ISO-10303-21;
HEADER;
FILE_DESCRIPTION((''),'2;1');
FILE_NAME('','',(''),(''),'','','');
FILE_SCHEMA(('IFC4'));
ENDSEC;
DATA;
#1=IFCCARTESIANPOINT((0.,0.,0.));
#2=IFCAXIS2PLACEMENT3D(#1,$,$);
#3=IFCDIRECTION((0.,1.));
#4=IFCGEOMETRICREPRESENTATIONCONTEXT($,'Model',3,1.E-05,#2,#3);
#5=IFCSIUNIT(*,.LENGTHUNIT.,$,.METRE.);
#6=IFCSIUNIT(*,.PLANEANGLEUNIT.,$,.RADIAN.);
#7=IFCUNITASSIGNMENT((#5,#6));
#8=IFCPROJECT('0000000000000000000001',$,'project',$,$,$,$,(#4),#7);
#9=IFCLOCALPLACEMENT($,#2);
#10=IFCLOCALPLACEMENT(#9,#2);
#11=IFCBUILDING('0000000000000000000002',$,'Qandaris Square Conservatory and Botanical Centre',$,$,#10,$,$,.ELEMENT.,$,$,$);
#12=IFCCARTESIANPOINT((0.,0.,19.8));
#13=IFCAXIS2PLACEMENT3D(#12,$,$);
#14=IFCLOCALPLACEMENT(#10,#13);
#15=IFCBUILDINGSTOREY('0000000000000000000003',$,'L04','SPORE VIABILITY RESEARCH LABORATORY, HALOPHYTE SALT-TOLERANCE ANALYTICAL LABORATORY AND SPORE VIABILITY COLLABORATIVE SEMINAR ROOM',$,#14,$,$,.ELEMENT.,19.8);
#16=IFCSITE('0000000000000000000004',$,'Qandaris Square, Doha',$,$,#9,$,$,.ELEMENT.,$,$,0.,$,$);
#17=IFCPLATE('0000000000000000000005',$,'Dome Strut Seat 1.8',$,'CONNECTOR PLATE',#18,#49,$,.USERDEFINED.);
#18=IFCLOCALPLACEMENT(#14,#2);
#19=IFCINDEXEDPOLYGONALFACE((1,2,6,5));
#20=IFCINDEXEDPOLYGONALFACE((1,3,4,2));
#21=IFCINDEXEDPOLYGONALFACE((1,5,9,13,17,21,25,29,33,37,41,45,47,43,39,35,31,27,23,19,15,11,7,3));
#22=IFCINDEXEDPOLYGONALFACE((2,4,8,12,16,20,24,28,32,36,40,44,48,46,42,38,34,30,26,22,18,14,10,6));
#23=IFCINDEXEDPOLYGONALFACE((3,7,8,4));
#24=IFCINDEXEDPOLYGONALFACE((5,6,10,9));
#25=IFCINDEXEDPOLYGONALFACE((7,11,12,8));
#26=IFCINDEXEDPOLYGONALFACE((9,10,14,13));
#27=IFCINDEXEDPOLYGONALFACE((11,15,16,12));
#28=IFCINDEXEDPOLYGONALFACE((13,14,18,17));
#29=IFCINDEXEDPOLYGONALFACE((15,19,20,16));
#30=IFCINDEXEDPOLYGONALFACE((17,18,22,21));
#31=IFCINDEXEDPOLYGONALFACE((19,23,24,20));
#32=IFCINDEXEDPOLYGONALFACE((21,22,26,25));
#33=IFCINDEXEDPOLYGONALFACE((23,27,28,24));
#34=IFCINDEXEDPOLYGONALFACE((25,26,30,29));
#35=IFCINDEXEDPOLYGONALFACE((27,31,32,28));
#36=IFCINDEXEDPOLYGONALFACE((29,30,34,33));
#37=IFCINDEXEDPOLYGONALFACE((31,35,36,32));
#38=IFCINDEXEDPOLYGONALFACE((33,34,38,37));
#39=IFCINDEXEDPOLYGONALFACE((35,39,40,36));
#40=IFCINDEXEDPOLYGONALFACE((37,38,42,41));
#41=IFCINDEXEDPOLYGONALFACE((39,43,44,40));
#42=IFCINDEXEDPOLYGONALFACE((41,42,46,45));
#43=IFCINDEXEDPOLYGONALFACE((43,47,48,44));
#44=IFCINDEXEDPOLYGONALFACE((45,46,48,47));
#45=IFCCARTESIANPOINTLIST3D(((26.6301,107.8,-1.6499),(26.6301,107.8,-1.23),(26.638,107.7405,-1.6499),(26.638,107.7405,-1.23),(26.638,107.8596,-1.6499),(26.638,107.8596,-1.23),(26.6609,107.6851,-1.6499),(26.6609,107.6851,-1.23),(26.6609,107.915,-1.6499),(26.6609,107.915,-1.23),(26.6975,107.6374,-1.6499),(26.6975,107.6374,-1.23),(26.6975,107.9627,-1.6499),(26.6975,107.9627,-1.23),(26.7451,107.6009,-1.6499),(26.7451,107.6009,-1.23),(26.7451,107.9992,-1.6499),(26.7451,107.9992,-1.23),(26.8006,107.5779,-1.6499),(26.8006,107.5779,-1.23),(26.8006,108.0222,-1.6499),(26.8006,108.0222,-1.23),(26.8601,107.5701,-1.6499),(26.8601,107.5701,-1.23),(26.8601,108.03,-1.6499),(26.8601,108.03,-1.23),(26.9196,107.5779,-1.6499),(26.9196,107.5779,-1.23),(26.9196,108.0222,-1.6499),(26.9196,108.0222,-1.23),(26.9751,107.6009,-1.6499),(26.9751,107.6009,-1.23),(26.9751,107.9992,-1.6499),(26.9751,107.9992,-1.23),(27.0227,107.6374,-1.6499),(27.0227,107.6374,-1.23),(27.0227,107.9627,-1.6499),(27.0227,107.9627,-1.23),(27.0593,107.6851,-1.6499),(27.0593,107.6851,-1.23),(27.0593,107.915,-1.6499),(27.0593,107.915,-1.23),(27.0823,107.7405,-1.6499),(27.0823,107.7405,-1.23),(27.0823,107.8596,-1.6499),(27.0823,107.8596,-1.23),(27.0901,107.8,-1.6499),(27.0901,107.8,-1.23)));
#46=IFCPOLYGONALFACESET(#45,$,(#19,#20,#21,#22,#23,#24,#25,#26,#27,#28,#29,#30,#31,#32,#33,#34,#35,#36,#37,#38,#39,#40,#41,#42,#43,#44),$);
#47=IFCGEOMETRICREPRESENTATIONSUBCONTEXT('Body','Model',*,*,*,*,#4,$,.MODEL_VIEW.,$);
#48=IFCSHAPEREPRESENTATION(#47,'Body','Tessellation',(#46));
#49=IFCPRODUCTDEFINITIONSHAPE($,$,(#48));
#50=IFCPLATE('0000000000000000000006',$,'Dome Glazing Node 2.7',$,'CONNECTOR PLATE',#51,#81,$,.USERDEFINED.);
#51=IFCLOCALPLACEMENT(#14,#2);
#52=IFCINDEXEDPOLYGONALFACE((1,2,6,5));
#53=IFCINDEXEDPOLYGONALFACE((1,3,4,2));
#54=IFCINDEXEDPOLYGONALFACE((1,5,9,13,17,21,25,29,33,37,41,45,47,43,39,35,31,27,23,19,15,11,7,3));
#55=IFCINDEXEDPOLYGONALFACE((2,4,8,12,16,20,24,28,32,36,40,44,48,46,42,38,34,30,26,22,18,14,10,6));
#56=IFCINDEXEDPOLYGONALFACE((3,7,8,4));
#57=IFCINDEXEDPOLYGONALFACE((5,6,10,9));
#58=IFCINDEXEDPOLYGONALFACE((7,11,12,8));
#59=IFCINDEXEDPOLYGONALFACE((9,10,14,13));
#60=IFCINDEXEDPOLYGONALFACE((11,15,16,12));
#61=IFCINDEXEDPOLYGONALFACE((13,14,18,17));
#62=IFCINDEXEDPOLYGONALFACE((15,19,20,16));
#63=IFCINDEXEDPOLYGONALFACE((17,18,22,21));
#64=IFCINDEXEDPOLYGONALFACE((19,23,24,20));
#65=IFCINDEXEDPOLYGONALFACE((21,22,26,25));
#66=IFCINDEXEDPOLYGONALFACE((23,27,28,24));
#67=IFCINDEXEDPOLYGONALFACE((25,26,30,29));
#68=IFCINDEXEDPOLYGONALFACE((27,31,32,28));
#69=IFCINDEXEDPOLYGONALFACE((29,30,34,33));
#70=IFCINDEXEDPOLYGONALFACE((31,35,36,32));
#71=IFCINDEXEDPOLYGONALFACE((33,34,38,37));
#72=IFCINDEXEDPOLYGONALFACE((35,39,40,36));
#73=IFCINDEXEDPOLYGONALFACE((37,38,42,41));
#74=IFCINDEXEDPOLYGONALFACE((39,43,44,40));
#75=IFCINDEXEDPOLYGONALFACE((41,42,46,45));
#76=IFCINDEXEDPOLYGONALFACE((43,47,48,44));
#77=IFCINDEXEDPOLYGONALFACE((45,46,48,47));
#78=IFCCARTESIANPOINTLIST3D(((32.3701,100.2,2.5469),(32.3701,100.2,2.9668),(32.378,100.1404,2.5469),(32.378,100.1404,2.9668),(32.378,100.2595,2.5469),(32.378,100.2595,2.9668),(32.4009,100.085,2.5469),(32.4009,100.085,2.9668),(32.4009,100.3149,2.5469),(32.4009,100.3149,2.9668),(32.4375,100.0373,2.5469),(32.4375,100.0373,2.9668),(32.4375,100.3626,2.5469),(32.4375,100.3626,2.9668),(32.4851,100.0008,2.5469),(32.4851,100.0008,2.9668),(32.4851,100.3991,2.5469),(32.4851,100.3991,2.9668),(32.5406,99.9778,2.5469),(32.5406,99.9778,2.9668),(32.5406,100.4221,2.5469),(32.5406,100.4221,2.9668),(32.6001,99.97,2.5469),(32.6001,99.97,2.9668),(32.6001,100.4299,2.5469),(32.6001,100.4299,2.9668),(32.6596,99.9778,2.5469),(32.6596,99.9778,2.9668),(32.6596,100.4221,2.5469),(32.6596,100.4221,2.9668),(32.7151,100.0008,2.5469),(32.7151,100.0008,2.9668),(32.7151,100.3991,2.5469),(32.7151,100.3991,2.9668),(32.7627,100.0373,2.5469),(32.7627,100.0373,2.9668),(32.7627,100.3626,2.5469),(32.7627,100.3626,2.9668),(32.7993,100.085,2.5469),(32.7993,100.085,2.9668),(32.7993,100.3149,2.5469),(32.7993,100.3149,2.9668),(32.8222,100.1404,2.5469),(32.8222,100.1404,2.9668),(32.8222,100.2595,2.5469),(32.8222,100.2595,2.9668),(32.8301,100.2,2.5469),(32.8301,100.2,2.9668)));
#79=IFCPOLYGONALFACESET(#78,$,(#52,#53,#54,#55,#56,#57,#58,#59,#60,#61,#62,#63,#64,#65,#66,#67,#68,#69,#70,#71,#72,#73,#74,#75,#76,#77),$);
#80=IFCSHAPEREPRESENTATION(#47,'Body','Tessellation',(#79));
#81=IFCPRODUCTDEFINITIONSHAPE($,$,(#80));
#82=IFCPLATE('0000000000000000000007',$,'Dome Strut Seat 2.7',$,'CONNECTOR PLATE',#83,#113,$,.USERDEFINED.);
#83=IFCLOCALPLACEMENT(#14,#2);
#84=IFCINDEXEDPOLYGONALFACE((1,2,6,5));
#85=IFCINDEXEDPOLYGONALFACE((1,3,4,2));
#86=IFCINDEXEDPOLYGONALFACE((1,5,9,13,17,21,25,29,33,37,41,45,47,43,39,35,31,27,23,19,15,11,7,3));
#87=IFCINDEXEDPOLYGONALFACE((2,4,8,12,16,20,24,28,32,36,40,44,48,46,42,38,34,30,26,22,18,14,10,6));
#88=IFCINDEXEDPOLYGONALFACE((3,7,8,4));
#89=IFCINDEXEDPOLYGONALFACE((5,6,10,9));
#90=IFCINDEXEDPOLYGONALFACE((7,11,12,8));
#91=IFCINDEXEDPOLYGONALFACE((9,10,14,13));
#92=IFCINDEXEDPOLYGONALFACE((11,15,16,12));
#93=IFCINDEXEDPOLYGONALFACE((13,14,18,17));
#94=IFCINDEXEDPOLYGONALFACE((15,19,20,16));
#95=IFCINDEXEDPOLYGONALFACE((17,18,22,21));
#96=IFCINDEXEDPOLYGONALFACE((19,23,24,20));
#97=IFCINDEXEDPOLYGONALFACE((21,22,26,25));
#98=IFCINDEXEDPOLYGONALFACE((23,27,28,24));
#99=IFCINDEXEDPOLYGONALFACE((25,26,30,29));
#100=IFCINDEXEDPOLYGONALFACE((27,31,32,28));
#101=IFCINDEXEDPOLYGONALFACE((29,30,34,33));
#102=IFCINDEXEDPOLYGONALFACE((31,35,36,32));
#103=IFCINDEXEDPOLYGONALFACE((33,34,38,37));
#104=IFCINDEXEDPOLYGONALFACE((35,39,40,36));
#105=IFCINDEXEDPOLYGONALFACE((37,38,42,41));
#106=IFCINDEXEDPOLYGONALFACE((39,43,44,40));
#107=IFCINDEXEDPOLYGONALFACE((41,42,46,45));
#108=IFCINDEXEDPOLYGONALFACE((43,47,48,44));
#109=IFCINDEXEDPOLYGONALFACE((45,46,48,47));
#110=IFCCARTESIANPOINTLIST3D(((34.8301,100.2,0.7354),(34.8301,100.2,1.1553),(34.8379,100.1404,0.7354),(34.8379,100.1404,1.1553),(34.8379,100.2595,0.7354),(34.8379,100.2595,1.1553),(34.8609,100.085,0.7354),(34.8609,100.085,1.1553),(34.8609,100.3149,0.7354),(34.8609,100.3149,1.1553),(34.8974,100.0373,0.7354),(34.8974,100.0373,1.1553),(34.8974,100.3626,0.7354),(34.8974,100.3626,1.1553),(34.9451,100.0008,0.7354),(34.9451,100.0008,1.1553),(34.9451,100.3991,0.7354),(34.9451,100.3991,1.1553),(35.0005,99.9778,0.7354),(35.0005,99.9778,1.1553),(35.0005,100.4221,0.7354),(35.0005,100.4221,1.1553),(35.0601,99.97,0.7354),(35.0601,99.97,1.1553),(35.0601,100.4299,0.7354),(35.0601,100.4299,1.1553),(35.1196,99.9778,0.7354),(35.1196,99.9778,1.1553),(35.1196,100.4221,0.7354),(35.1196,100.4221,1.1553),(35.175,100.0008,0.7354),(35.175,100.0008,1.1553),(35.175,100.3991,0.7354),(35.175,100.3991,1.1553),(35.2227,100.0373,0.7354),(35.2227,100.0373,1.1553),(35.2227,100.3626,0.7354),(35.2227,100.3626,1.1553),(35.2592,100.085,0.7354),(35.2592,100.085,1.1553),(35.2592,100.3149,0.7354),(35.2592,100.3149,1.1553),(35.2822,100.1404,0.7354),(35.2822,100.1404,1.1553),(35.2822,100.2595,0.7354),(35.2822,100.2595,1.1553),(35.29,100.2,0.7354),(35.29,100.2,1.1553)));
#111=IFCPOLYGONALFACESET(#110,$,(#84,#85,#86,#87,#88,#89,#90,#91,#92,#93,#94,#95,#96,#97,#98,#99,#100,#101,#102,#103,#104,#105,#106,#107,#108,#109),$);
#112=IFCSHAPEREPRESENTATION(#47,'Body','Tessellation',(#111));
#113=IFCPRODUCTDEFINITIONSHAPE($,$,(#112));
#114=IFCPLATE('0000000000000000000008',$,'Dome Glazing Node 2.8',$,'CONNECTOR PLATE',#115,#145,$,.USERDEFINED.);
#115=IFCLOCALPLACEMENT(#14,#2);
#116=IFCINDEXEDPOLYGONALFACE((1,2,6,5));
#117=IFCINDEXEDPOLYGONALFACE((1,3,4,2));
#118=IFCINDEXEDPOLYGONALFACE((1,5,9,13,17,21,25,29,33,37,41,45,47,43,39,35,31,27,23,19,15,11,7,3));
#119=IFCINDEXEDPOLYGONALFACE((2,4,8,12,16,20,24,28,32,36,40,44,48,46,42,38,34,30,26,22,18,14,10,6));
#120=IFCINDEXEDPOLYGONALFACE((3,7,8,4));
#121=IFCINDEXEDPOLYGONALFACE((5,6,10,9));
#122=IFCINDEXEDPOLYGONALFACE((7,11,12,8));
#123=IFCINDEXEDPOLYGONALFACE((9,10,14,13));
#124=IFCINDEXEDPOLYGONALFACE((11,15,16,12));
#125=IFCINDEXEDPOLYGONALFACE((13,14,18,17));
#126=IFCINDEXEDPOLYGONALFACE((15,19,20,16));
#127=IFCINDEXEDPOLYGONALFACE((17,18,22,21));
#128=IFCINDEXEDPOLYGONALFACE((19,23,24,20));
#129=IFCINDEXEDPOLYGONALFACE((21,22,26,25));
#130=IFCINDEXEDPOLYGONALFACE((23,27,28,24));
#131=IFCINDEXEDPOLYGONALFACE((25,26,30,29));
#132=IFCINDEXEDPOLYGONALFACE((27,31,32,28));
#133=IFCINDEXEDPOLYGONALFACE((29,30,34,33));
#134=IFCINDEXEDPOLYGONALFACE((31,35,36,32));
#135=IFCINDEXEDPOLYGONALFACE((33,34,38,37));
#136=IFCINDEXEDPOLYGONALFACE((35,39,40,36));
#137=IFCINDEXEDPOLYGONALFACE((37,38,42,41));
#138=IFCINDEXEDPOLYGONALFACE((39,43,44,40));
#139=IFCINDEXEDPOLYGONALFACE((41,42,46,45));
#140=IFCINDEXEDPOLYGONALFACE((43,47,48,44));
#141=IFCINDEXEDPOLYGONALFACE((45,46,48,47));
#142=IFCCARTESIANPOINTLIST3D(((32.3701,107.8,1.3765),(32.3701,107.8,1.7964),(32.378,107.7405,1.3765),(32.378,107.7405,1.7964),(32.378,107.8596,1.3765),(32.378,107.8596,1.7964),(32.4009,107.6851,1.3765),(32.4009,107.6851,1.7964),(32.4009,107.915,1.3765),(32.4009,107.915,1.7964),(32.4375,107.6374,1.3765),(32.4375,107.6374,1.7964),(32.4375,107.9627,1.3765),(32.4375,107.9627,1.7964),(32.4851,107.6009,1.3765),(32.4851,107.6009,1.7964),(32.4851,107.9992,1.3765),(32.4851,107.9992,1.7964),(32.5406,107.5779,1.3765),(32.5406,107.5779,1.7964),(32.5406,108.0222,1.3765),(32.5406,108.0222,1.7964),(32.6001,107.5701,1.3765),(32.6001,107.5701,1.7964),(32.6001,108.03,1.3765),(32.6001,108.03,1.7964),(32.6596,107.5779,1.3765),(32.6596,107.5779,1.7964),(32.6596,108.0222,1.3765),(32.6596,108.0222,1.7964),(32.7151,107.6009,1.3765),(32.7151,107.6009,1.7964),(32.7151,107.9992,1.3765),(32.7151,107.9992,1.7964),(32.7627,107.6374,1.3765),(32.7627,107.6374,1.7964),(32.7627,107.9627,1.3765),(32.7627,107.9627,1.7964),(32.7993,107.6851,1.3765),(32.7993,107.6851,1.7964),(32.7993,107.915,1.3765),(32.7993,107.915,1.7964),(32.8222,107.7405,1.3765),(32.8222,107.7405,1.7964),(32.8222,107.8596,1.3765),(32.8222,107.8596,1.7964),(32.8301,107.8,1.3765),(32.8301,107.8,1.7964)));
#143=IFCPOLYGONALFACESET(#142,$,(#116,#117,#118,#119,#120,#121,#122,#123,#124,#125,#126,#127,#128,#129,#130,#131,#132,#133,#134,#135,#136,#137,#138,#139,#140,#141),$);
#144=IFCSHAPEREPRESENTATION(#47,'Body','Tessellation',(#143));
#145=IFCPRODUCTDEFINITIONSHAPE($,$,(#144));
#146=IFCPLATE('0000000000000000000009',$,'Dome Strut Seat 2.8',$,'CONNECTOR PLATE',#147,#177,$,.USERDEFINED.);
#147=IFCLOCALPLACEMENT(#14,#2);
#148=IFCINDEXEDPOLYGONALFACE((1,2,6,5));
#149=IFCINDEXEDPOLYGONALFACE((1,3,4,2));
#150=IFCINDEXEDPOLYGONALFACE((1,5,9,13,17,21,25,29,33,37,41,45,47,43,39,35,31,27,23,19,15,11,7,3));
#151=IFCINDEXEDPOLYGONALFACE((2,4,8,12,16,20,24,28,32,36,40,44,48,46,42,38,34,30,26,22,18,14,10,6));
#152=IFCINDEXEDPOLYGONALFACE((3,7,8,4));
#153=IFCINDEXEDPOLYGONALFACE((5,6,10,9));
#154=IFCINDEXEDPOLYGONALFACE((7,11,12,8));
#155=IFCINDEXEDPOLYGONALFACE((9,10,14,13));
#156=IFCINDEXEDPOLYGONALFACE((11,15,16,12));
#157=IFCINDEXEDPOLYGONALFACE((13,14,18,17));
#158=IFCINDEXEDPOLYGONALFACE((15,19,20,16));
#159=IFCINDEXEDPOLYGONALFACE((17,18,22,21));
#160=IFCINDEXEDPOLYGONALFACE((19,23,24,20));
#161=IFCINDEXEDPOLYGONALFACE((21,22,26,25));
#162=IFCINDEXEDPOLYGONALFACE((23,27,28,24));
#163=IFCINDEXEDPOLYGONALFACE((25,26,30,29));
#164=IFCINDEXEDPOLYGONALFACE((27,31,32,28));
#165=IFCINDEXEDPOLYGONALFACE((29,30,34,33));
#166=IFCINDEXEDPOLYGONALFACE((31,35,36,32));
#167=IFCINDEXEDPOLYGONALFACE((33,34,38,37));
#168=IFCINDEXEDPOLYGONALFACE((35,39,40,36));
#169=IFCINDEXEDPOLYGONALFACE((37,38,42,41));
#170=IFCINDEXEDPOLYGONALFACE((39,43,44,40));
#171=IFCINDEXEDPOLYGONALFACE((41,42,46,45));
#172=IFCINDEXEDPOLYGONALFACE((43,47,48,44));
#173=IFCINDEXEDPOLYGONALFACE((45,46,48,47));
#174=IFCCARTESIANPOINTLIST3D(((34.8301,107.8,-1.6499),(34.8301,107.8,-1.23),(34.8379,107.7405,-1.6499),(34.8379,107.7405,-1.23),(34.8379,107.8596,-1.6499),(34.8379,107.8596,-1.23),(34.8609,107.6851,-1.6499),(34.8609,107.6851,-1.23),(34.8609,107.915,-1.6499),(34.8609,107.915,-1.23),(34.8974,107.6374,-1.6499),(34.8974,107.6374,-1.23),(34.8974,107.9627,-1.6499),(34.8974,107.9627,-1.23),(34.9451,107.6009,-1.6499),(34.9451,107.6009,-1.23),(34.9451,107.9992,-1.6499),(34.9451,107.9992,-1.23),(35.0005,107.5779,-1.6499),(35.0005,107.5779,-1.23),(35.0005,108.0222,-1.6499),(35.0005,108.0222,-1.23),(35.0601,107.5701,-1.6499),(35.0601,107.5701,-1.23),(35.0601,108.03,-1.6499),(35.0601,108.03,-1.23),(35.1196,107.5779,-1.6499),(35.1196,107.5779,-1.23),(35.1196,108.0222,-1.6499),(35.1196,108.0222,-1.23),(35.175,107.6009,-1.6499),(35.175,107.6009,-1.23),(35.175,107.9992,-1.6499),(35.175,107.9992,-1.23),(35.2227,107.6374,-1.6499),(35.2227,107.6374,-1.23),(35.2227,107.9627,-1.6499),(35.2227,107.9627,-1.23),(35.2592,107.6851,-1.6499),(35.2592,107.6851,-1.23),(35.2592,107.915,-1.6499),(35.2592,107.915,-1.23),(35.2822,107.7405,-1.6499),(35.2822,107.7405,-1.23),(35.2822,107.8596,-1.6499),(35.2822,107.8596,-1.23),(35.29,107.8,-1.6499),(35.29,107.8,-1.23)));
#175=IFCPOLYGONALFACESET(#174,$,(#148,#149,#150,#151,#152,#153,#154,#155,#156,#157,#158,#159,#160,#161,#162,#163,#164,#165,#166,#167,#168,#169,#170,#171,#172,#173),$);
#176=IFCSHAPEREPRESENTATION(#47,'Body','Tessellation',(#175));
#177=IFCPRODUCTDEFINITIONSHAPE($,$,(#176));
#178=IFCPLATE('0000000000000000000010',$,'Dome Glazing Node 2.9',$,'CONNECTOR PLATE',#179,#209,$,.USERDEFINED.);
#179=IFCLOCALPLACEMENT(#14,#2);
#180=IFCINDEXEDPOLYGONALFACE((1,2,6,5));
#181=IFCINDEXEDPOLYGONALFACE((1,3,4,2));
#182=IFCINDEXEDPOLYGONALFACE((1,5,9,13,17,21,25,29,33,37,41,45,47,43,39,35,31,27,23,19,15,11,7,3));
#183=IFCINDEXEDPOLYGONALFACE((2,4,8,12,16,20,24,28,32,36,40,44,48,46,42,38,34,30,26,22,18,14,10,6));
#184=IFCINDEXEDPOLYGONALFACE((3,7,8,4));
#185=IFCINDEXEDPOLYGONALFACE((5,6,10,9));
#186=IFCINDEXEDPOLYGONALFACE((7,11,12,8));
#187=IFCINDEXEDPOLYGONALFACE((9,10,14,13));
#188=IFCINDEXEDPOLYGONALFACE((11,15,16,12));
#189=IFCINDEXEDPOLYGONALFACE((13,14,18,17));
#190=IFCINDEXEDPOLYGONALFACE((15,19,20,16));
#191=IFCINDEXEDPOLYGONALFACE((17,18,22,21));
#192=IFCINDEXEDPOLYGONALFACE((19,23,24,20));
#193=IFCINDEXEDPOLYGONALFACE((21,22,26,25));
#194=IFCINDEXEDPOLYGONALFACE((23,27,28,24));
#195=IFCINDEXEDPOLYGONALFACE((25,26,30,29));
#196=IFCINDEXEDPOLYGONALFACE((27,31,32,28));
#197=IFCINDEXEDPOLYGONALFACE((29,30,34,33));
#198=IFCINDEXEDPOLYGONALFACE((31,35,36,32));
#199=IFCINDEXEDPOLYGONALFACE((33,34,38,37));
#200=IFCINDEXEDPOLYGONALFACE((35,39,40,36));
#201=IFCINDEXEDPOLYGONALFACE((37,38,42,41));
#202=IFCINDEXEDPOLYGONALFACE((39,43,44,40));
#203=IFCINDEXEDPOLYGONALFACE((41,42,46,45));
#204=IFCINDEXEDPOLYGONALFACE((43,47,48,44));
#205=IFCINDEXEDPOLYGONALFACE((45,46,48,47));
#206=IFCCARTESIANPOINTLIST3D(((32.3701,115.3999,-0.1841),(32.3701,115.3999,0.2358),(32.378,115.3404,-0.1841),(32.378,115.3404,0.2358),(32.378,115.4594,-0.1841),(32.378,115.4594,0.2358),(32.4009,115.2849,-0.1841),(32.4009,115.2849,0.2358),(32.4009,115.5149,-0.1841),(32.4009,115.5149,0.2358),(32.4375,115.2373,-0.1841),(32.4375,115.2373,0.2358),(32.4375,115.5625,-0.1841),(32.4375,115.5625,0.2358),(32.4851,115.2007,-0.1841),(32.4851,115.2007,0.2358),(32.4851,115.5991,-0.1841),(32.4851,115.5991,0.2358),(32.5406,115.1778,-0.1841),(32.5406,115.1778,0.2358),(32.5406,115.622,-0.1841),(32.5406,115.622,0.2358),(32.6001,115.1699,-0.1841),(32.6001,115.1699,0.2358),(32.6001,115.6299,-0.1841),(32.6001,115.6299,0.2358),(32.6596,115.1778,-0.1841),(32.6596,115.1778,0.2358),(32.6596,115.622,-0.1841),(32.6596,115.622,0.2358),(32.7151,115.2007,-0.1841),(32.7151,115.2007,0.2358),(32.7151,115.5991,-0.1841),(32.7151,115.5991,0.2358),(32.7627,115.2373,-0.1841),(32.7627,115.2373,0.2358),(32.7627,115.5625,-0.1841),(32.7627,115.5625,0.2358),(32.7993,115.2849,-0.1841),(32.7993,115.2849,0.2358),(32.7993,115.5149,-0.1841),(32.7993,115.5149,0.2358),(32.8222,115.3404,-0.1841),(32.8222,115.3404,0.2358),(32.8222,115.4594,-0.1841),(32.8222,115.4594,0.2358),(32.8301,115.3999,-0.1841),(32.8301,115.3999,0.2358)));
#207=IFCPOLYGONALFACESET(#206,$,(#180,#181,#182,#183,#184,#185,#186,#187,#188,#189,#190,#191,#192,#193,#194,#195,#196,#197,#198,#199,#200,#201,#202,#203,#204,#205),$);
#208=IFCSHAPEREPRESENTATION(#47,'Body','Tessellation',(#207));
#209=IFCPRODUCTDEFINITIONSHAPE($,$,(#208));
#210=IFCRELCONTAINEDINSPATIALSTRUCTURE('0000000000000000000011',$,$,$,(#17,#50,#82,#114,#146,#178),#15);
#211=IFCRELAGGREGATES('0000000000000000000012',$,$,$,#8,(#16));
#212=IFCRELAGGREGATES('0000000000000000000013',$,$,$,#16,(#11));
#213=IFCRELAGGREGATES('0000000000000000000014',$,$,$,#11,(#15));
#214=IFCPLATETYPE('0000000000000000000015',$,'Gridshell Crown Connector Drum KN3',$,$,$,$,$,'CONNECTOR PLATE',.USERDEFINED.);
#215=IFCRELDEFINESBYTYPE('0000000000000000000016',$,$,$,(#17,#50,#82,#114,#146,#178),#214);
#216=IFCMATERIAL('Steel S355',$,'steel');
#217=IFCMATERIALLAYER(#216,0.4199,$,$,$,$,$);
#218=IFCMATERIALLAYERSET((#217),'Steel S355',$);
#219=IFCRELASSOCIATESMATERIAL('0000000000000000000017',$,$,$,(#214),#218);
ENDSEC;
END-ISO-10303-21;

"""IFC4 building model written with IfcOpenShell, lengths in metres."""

from ifc_helpers import new_model, si_unit, direction, frame, origin, origin_2d, place, context, subcontext, project, spatial, circle, extrude, material, layer, layer_set, type_object, element, save


model = new_model("IFC4")

# Units and contexts
model_context = context("Model", 3, precision=1e-05, world=origin(), true_north=direction((0.0, 1.0)))
body_context = subcontext(model_context, "Body", "Model", "MODEL_VIEW")
ifc_project = project(units=[si_unit("LENGTHUNIT", "METRE"), si_unit("PLANEANGLEUNIT", "RADIAN")], contexts=[model_context])

# Site, building, storey
site_placement = place(None, origin())
site = spatial("IfcSite", under=ifc_project, at=site_placement, Name="Qandaris Square, Doha", CompositionType="ELEMENT", RefElevation=0.0)
building_placement = place(site_placement, origin())
building = spatial("IfcBuilding", under=site, at=building_placement, Name="Qandaris Square Conservatory and Botanical Centre", CompositionType="ELEMENT")
storey_placement = place(building_placement, frame((0.0, 0.0, 19.8)))
storey = spatial("IfcBuildingStorey", under=building, at=storey_placement, Name="L04", Description="SPORE VIABILITY RESEARCH LABORATORY, HALOPHYTE SALT-TOLERANCE ANALYTICAL LABORATORY AND SPORE VIABILITY COLLABORATIVE SEMINAR ROOM", CompositionType="ELEMENT", Elevation=19.8)

# Shared definitions
ifc_material = material(Name="Steel S355", Category="steel")

# Plates
ifc_layer_1 = layer(ifc_material, 0.4199)
ifc_layer_set_1 = layer_set([ifc_layer_1], Name="Steel S355")
plate_type = type_object("IfcPlateType", Name="Gridshell Crown Connector Drum KN3", ElementType="CONNECTOR PLATE", PredefinedType="USERDEFINED", material=ifc_layer_set_1)
for number, where, z_axis, x_axis, name in (
    (1, (26.8601, 107.8, -1.6499), (0.0, 0.0, 1.0), (1.0, 0.0, 0.0), "Dome Strut Seat 1.8"),
    (2, (32.6001, 100.2, 2.5469), (0.0, 0.0, 1.0), (1.0, 0.0, 0.0), "Dome Glazing Node 2.7"),
    (3, (35.0601, 100.2, 0.7354), (0.0, 0.0, 1.0), (1.0, 0.0, 0.0), "Dome Strut Seat 2.7"),
    (4, (32.6001, 107.8, 1.3765), (0.0, 0.0, 1.0), (1.0, 0.0, 0.0), "Dome Glazing Node 2.8"),
    (5, (35.0601, 107.8, -1.6499), (0.0, 0.0, 1.0), (1.0, 0.0, 0.0), "Dome Strut Seat 2.8"),
    (6, (32.6001, 115.3999, -0.1841), (0.0, 0.0, 1.0), (1.0, 0.0, 0.0), "Dome Glazing Node 2.9"),
):
    element("IfcPlate", number, at=place(storey_placement, frame(where, z_axis=z_axis, x_axis=x_axis)), inside=storey, type_object=plate_type, Name=name, ObjectType="CONNECTOR PLATE", PredefinedType="USERDEFINED", context=body_context, shape_type="SweptSolid", body=[
        extrude(circle(Radius=0.23, at=origin_2d()), origin(), (0.0, 0.0, 1.0), 0.4199),
    ])

save(model, "model.ifc")
